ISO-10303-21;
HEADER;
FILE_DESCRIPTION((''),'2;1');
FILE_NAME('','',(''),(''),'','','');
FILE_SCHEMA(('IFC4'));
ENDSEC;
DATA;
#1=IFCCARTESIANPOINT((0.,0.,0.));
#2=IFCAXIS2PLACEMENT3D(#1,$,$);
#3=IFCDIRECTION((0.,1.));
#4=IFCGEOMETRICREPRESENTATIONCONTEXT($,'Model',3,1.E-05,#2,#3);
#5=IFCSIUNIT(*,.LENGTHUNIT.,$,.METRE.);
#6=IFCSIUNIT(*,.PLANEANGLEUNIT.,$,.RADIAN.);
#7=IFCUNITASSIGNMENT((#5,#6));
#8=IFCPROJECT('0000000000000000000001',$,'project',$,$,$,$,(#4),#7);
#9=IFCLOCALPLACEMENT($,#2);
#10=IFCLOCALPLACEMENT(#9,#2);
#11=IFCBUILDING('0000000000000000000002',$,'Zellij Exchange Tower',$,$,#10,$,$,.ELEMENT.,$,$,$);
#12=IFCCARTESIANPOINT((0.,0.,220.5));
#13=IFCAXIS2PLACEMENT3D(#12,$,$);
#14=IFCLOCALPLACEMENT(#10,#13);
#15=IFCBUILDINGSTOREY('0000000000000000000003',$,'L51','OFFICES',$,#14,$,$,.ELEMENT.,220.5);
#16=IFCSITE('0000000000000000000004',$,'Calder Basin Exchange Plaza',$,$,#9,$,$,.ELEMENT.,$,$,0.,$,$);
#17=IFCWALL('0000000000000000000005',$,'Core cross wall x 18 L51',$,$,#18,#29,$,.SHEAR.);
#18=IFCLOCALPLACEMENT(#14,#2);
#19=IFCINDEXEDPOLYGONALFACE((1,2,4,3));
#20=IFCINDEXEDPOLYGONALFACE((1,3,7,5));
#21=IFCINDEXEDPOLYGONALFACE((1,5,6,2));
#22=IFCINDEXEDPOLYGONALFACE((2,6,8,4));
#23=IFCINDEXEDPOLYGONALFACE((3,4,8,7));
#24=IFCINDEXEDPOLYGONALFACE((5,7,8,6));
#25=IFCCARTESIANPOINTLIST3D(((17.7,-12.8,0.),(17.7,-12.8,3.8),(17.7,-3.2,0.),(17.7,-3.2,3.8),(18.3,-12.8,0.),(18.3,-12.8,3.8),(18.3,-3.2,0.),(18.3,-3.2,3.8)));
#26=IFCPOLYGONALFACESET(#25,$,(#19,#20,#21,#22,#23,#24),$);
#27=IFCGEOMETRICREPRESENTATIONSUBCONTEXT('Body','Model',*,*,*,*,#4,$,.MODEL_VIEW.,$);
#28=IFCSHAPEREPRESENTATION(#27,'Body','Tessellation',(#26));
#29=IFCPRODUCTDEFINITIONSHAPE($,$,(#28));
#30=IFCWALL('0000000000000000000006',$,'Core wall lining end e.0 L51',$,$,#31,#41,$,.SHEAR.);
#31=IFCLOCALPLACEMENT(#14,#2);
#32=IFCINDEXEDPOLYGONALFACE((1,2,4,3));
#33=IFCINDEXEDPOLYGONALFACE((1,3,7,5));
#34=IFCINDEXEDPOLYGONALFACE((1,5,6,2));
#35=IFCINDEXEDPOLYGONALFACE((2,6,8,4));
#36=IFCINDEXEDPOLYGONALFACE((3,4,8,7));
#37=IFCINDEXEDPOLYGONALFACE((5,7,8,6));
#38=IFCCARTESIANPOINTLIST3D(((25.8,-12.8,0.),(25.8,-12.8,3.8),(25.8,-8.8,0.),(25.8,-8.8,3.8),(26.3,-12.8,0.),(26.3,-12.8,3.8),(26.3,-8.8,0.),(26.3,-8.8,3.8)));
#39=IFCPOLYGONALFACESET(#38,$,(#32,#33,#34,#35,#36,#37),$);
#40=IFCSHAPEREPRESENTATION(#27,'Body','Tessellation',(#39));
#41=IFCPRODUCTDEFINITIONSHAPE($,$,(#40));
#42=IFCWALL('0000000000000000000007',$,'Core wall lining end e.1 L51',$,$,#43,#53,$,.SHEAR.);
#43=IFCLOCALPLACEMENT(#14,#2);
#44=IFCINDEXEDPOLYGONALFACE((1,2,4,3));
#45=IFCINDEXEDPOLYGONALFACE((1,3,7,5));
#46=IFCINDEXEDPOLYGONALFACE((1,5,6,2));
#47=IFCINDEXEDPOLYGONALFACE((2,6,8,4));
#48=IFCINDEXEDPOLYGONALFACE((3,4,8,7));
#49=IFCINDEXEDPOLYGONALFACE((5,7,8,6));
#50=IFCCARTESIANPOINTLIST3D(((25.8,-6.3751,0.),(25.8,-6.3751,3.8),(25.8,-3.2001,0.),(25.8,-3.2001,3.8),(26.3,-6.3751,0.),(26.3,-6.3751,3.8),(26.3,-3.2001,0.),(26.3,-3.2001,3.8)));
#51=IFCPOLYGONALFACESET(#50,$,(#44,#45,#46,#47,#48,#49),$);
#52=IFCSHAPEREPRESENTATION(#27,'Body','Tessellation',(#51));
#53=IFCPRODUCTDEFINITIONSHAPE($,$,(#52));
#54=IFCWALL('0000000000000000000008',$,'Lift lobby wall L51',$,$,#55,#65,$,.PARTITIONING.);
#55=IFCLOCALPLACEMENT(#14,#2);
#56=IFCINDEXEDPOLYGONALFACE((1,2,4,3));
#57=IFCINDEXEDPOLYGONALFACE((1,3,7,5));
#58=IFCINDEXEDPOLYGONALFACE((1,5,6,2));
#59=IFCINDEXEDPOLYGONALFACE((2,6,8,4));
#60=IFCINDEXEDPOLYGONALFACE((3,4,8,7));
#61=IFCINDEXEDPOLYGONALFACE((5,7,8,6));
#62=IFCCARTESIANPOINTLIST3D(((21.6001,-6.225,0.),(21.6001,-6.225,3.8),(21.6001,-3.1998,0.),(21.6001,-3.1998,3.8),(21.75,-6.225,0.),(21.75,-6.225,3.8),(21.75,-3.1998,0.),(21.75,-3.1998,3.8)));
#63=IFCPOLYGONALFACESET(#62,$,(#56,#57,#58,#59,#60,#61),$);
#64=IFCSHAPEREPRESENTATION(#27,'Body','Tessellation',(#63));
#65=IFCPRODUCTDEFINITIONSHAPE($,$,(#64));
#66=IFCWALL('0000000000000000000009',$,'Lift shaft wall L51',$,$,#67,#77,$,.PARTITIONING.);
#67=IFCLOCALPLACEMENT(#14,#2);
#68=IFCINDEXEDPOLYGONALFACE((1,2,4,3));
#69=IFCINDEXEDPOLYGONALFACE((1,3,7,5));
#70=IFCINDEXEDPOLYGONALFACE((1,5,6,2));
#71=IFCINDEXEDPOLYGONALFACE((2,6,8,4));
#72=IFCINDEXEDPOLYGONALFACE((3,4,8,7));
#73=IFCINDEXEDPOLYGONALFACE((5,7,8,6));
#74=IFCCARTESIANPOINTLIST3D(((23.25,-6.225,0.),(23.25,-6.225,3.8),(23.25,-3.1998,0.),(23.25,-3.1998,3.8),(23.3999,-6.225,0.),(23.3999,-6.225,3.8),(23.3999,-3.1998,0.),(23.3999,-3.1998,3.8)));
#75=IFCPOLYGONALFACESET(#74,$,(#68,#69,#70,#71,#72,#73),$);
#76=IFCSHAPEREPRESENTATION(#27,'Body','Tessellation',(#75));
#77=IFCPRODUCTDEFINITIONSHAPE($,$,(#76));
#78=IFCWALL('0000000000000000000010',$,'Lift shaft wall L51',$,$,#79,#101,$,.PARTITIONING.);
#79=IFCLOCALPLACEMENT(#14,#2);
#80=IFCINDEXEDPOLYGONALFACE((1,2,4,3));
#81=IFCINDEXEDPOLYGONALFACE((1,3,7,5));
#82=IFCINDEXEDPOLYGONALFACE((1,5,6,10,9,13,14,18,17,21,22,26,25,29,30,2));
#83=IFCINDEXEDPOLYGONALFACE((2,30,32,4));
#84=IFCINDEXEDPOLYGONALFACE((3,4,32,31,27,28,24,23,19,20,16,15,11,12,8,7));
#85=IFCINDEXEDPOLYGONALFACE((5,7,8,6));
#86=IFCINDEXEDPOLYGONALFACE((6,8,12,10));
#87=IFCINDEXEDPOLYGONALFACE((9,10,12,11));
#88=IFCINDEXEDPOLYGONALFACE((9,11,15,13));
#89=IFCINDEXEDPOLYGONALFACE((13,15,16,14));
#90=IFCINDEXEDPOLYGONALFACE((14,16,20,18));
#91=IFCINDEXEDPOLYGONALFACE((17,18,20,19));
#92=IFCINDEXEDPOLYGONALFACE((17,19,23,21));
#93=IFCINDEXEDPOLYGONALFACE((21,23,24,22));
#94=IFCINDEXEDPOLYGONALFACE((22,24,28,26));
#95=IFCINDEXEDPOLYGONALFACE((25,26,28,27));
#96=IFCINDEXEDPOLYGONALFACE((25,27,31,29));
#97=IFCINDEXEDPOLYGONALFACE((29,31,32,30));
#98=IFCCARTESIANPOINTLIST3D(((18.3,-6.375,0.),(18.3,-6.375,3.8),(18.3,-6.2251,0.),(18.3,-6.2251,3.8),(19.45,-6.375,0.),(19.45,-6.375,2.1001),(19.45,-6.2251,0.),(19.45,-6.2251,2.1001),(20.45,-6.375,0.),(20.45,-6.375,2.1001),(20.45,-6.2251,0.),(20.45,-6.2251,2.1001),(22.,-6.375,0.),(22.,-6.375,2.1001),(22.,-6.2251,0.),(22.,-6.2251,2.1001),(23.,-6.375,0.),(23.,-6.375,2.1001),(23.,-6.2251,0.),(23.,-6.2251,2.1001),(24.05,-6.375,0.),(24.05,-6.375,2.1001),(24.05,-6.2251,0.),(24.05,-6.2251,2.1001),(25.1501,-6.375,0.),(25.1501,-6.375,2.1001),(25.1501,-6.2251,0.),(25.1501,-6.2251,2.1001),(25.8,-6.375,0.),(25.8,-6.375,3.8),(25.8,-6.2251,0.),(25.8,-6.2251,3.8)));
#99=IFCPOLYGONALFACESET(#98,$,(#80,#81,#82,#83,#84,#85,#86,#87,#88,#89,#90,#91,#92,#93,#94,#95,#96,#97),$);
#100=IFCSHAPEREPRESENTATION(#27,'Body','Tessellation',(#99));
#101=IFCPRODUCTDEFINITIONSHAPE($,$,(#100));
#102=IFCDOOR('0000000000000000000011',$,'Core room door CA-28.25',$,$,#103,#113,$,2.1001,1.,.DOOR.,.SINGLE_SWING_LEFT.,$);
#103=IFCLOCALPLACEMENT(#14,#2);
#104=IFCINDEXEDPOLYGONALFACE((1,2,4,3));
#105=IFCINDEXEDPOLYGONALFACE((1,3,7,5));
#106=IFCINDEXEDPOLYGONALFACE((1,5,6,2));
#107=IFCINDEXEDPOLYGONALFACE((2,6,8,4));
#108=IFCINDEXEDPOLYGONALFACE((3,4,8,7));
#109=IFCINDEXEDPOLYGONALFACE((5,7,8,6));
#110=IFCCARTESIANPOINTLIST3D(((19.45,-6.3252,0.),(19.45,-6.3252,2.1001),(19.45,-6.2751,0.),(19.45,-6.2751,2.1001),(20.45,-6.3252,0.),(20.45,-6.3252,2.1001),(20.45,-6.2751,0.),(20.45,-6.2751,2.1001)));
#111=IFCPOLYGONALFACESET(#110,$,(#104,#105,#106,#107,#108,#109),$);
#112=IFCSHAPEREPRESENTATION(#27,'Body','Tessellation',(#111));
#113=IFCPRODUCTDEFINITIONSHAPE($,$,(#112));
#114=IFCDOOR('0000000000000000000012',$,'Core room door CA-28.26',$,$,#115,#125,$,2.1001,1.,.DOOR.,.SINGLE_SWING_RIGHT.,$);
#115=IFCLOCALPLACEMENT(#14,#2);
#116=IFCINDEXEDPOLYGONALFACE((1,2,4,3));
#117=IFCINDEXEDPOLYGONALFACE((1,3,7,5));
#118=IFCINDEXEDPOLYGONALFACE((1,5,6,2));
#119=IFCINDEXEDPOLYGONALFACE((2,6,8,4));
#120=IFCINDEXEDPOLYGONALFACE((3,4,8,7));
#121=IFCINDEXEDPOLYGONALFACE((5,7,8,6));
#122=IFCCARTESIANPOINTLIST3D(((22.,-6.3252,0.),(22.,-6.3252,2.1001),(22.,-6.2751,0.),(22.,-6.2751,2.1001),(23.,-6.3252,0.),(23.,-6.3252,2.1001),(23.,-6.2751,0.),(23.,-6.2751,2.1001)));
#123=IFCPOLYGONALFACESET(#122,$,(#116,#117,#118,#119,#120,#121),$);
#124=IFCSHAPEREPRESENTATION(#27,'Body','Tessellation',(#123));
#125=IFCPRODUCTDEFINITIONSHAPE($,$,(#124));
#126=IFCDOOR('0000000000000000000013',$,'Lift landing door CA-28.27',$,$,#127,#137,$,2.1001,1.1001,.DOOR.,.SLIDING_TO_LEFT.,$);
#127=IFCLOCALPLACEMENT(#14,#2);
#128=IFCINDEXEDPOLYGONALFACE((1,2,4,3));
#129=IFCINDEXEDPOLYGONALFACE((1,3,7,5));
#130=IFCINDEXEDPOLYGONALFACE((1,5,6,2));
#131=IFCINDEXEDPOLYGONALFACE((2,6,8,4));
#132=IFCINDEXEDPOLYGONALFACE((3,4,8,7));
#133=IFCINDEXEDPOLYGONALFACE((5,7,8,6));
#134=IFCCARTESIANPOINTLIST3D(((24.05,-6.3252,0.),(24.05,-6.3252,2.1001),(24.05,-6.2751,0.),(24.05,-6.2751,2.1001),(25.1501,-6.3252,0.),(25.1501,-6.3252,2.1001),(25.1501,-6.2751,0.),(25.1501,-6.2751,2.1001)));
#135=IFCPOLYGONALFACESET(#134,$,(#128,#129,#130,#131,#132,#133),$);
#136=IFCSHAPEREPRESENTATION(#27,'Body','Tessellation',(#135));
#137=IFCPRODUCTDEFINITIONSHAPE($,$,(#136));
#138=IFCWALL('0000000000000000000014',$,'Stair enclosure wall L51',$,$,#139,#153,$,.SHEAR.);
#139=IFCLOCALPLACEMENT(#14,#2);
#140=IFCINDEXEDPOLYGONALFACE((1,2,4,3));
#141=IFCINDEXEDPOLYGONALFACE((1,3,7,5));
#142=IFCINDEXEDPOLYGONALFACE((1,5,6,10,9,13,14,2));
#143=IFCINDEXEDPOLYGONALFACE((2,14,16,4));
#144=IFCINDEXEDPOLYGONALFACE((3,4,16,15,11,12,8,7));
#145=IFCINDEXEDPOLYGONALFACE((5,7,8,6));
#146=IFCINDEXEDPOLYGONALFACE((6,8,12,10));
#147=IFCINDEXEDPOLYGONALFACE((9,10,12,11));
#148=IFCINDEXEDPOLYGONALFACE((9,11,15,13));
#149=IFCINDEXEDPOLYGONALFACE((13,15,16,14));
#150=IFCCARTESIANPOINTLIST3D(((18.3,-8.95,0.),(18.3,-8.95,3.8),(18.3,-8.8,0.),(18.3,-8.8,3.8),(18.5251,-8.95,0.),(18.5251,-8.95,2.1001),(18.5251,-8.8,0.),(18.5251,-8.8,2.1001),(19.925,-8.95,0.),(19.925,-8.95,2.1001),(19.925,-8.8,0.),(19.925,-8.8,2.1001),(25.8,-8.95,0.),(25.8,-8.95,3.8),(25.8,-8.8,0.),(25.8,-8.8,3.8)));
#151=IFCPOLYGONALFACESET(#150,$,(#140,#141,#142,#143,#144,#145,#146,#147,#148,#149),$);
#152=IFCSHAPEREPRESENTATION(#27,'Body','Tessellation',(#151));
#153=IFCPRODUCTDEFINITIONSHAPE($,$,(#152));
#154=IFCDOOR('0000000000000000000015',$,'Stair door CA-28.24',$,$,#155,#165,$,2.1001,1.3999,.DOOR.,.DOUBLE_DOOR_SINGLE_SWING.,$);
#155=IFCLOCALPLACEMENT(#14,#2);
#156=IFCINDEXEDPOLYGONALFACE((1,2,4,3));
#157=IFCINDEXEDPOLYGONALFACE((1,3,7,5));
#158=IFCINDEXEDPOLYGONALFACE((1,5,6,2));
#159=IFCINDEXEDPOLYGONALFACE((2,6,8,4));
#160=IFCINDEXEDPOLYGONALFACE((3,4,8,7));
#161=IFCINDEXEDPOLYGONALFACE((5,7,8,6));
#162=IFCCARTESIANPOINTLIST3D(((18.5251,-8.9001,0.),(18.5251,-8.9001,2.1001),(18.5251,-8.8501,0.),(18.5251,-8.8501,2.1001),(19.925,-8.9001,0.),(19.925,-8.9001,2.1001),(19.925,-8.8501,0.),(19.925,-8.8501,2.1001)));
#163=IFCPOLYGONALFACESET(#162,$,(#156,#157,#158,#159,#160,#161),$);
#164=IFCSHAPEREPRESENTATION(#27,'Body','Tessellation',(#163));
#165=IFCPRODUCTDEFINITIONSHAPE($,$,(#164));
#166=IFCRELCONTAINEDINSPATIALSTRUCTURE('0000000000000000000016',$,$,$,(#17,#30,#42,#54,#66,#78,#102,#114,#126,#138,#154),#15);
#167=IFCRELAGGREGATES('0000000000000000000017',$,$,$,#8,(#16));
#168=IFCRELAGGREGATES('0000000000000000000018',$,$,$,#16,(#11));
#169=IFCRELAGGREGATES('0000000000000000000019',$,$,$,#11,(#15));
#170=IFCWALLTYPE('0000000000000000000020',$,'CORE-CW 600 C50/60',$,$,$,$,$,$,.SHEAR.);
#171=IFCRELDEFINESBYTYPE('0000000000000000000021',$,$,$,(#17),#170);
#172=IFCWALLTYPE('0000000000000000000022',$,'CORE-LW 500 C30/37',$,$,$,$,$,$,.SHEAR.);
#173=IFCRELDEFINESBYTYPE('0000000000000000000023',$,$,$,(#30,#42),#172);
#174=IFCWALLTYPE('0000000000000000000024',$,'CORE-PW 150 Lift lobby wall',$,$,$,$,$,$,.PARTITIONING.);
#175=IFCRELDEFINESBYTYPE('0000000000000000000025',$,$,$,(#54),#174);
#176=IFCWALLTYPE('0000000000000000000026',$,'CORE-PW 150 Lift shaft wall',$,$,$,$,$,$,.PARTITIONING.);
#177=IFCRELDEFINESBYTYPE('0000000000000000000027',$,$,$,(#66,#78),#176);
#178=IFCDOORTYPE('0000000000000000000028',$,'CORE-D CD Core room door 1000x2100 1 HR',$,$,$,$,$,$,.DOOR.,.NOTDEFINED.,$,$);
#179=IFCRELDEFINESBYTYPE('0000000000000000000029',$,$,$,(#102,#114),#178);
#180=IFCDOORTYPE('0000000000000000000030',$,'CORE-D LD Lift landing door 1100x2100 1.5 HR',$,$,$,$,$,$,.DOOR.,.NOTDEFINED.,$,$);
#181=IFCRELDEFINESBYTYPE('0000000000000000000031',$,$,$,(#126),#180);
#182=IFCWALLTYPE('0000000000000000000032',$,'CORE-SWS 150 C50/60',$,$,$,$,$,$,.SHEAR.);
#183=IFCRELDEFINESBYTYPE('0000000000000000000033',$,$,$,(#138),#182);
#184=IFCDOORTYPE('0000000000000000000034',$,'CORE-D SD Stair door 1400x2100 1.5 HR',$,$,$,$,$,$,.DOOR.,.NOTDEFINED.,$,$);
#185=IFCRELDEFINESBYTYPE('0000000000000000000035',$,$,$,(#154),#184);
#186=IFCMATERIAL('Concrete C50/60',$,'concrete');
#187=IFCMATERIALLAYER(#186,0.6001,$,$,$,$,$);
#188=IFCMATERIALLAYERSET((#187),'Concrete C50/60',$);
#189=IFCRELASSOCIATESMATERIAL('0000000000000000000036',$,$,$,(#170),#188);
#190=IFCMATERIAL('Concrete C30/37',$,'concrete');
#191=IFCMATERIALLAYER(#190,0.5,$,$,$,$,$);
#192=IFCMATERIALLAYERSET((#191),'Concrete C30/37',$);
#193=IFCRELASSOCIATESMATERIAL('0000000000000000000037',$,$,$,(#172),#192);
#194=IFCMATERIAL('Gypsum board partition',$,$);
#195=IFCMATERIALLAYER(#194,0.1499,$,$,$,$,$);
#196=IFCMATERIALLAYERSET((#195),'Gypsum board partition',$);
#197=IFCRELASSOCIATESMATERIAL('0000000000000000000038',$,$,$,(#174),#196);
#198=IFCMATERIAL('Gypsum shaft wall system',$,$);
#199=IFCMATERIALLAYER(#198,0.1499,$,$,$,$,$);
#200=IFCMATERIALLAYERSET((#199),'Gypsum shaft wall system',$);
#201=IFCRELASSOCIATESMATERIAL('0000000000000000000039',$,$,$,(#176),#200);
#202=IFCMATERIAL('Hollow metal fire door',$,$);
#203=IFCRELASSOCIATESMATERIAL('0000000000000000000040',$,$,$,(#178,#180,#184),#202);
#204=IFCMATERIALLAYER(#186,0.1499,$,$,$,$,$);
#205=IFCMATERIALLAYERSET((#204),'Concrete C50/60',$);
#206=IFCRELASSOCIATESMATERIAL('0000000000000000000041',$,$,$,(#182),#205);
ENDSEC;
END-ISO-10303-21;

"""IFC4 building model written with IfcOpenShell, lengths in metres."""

from ifc_helpers import new_model, si_unit, direction, frame, frame_2d, origin, place, context, subcontext, project, spatial, rectangle, extrude, material, layer, layer_set, type_object, element, fill, save


model = new_model("IFC4")

# Units and contexts
model_context = context("Model", 3, precision=1e-05, world=origin(), true_north=direction((0.0, 1.0)))
body_context = subcontext(model_context, "Body", "Model", "MODEL_VIEW")
ifc_project = project(units=[si_unit("LENGTHUNIT", "METRE"), si_unit("PLANEANGLEUNIT", "RADIAN")], contexts=[model_context])

# Site, building, storey
site_placement = place(None, origin())
site = spatial("IfcSite", under=ifc_project, at=site_placement, Name="Calder Basin Exchange Plaza", CompositionType="ELEMENT", RefElevation=0.0)
building_placement = place(site_placement, origin())
building = spatial("IfcBuilding", under=site, at=building_placement, Name="Zellij Exchange Tower", CompositionType="ELEMENT")
storey_placement = place(building_placement, frame((0.0, 0.0, 220.5)))
storey = spatial("IfcBuildingStorey", under=building, at=storey_placement, Name="L51", Description="OFFICES", CompositionType="ELEMENT", Elevation=220.5)

# Walls
ifc_material_1 = material(Name="Concrete C50/60", Category="concrete")
ifc_layer_1 = layer(ifc_material_1, 0.6001)
ifc_layer_set_1 = layer_set([ifc_layer_1], Name="Concrete C50/60")
wall_type_1 = type_object("IfcWallType", Name="CORE-CW 600 C50/60", PredefinedType="SHEAR", material=ifc_layer_set_1)
wall_1_placement = place(storey_placement, frame((18.0, -12.8, 0.0), z_axis=(0.0, 0.0, 1.0), x_axis=(0.0, 1.0, 0.0)))
element("IfcWall", 1, at=wall_1_placement, inside=storey, type_object=wall_type_1, Name="Core cross wall x 18 L51", PredefinedType="SHEAR", context=body_context, shape_type="SweptSolid", body=[
    extrude(rectangle(XDim=9.6001, YDim=0.6001, at=frame_2d((4.8, 0.0))), origin(), (0.0, 0.0, 1.0), 3.8),
])
ifc_material_2 = material(Name="Concrete C30/37", Category="concrete")
ifc_layer_2 = layer(ifc_material_2, 0.5)
ifc_layer_set_2 = layer_set([ifc_layer_2], Name="Concrete C30/37")
wall_type_2 = type_object("IfcWallType", Name="CORE-LW 500 C30/37", PredefinedType="SHEAR", material=ifc_layer_set_2)
wall_2_placement = place(storey_placement, frame((26.05, -12.8, 0.0), z_axis=(0.0, 0.0, 1.0), x_axis=(0.0, 1.0, 0.0)))
element("IfcWall", 2, at=wall_2_placement, inside=storey, type_object=wall_type_2, Name="Core wall lining end e.0 L51", PredefinedType="SHEAR", context=body_context, shape_type="SweptSolid", body=[
    extrude(rectangle(XDim=4.0, YDim=0.5, at=frame_2d((2.0, 0.0))), origin(), (0.0, 0.0, 1.0), 3.8),
])
wall_3_placement = place(storey_placement, frame((26.05, -6.375, 0.0), z_axis=(0.0, 0.0, 1.0), x_axis=(0.0, 1.0, 0.0)))
element("IfcWall", 3, at=wall_3_placement, inside=storey, type_object=wall_type_2, Name="Core wall lining end e.1 L51", PredefinedType="SHEAR", context=body_context, shape_type="SweptSolid", body=[
    extrude(rectangle(XDim=3.175, YDim=0.5, at=frame_2d((1.5874, 0.0))), origin(), (0.0, 0.0, 1.0), 3.8),
])
ifc_material_3 = material(Name="Gypsum board partition")
ifc_layer_3 = layer(ifc_material_3, 0.1499)
ifc_layer_set_3 = layer_set([ifc_layer_3], Name="Gypsum board partition")
wall_type_3 = type_object("IfcWallType", Name="CORE-PW 150 Lift lobby wall", PredefinedType="PARTITIONING", material=ifc_layer_set_3)
wall_4_placement = place(storey_placement, frame((21.675, -6.2251, 0.0), z_axis=(0.0, 0.0, 1.0), x_axis=(0.0, 1.0, 0.0)))
element("IfcWall", 4, at=wall_4_placement, inside=storey, type_object=wall_type_3, Name="Lift lobby wall L51", PredefinedType="PARTITIONING", context=body_context, shape_type="SweptSolid", body=[
    extrude(rectangle(XDim=3.0251, YDim=0.1499, at=frame_2d((1.5127, 0.0))), origin(), (0.0, 0.0, 1.0), 3.8),
])
ifc_material_4 = material(Name="Gypsum shaft wall system")
ifc_layer_4 = layer(ifc_material_4, 0.1499)
ifc_layer_set_4 = layer_set([ifc_layer_4], Name="Gypsum shaft wall system")
wall_type_4 = type_object("IfcWallType", Name="CORE-PW 150 Lift shaft wall", PredefinedType="PARTITIONING", material=ifc_layer_set_4)
wall_5_placement = place(storey_placement, frame((23.325, -6.2251, 0.0), z_axis=(0.0, 0.0, 1.0), x_axis=(0.0, 1.0, 0.0)))
element("IfcWall", 5, at=wall_5_placement, inside=storey, type_object=wall_type_4, Name="Lift shaft wall L51", PredefinedType="PARTITIONING", context=body_context, shape_type="SweptSolid", body=[
    extrude(rectangle(XDim=3.0251, YDim=0.1499, at=frame_2d((1.5127, 0.0))), origin(), (0.0, 0.0, 1.0), 3.8),
])

# Wall, openings, doors
wall_6_placement = place(storey_placement, frame((18.3, -6.3, 0.0), z_axis=(0.0, 0.0, 1.0), x_axis=(1.0, 0.0, 0.0)))
wall_6 = element("IfcWall", 6, at=wall_6_placement, inside=storey, type_object=wall_type_4, Name="Lift shaft wall L51", PredefinedType="PARTITIONING", context=body_context, shape_type="SweptSolid", body=[
    extrude(rectangle(XDim=7.5, YDim=0.1499, at=frame_2d((3.75, 0.0))), origin(), (0.0, 0.0, 1.0), 3.8),
])
opening_1_placement = place(wall_6_placement, frame((1.1499, 0.0, 0.0)))
opening_1 = element("IfcOpeningElement", 7, at=opening_1_placement, cuts=wall_6, PredefinedType="OPENING", context=body_context, shape_type="SweptSolid", body=[
    extrude(rectangle(XDim=1.0, YDim=2.1001, at=frame_2d((0.5, 1.05))), frame((0.0, 0.0869, 0.0), z_axis=(0.0, -1.0, 0.0), x_axis=(1.0, 0.0, 0.0)), (0.0, 0.0, 1.0), 0.1738),
])
opening_2_placement = place(wall_6_placement, frame((3.7, 0.0, 0.0)))
opening_2 = element("IfcOpeningElement", 8, at=opening_2_placement, cuts=wall_6, PredefinedType="OPENING", context=body_context, shape_type="SweptSolid", body=[
    extrude(rectangle(XDim=1.0, YDim=2.1001, at=frame_2d((0.5, 1.05))), frame((0.0, 0.0869, 0.0), z_axis=(0.0, -1.0, 0.0), x_axis=(1.0, 0.0, 0.0)), (0.0, 0.0, 1.0), 0.1738),
])
opening_3_placement = place(wall_6_placement, frame((5.75, 0.0, 0.0)))
opening_3 = element("IfcOpeningElement", 9, at=opening_3_placement, cuts=wall_6, PredefinedType="OPENING", context=body_context, shape_type="SweptSolid", body=[
    extrude(rectangle(XDim=1.1001, YDim=2.1001, at=frame_2d((0.55, 1.05))), frame((0.0, 0.0869, 0.0), z_axis=(0.0, -1.0, 0.0), x_axis=(1.0, 0.0, 0.0)), (0.0, 0.0, 1.0), 0.1738),
])
ifc_material_5 = material(Name="Hollow metal fire door")
door_type_1 = type_object("IfcDoorType", Name="CORE-D CD Core room door 1000x2100 1 HR", OperationType="NOTDEFINED", PredefinedType="DOOR", material=ifc_material_5)
door_1_placement = place(opening_1_placement, origin())
door_1 = element("IfcDoor", 10, at=door_1_placement, inside=storey, type_object=door_type_1, Name="Core room door CA-28.25", OperationType="SINGLE_SWING_LEFT", OverallHeight=2.1001, OverallWidth=1.0, PredefinedType="DOOR", context=body_context, shape_type="SweptSolid", body=[
    extrude(rectangle(XDim=1.0, YDim=2.1001, at=frame_2d((0.5, 1.05))), frame((0.0, 0.0249, 0.0), z_axis=(0.0, -1.0, 0.0), x_axis=(1.0, 0.0, 0.0)), (0.0, 0.0, 1.0), 0.05),
])
fill(opening_1, door_1)
door_2_placement = place(opening_2_placement, origin())
door_2 = element("IfcDoor", 11, at=door_2_placement, inside=storey, type_object=door_type_1, Name="Core room door CA-28.26", OperationType="SINGLE_SWING_RIGHT", OverallHeight=2.1001, OverallWidth=1.0, PredefinedType="DOOR", context=body_context, shape_type="SweptSolid", body=[
    extrude(rectangle(XDim=1.0, YDim=2.1001, at=frame_2d((0.5, 1.05))), frame((0.0, 0.0249, 0.0), z_axis=(0.0, -1.0, 0.0), x_axis=(1.0, 0.0, 0.0)), (0.0, 0.0, 1.0), 0.05),
])
fill(opening_2, door_2)
door_type_2 = type_object("IfcDoorType", Name="CORE-D LD Lift landing door 1100x2100 1.5 HR", OperationType="NOTDEFINED", PredefinedType="DOOR", material=ifc_material_5)
door_3_placement = place(opening_3_placement, origin())
door_3 = element("IfcDoor", 12, at=door_3_placement, inside=storey, type_object=door_type_2, Name="Lift landing door CA-28.27", OperationType="SLIDING_TO_LEFT", OverallHeight=2.1001, OverallWidth=1.1001, PredefinedType="DOOR", context=body_context, shape_type="SweptSolid", body=[
    extrude(rectangle(XDim=1.1001, YDim=2.1001, at=frame_2d((0.55, 1.05))), frame((0.0, 0.0249, 0.0), z_axis=(0.0, -1.0, 0.0), x_axis=(1.0, 0.0, 0.0)), (0.0, 0.0, 1.0), 0.05),
])
fill(opening_3, door_3)

# Wall, opening, door
ifc_layer_5 = layer(ifc_material_1, 0.1499)
ifc_layer_set_5 = layer_set([ifc_layer_5], Name="Concrete C50/60")
wall_type_5 = type_object("IfcWallType", Name="CORE-SWS 150 C50/60", PredefinedType="SHEAR", material=ifc_layer_set_5)
wall_7_placement = place(storey_placement, frame((18.3, -8.875, 0.0), z_axis=(0.0, 0.0, 1.0), x_axis=(1.0, 0.0, 0.0)))
wall_7 = element("IfcWall", 13, at=wall_7_placement, inside=storey, type_object=wall_type_5, Name="Stair enclosure wall L51", PredefinedType="SHEAR", context=body_context, shape_type="SweptSolid", body=[
    extrude(rectangle(XDim=7.5, YDim=0.1499, at=frame_2d((3.75, 0.0))), origin(), (0.0, 0.0, 1.0), 3.8),
])
opening_4_placement = place(wall_7_placement, frame((0.2251, 0.0, 0.0)))
opening_4 = element("IfcOpeningElement", 14, at=opening_4_placement, cuts=wall_7, PredefinedType="OPENING", context=body_context, shape_type="SweptSolid", body=[
    extrude(rectangle(XDim=1.3999, YDim=2.1001, at=frame_2d((0.7, 1.05))), frame((0.0, 0.0869, 0.0), z_axis=(0.0, -1.0, 0.0), x_axis=(1.0, 0.0, 0.0)), (0.0, 0.0, 1.0), 0.1738),
])
door_type_3 = type_object("IfcDoorType", Name="CORE-D SD Stair door 1400x2100 1.5 HR", OperationType="NOTDEFINED", PredefinedType="DOOR", material=ifc_material_5)
door_4_placement = place(opening_4_placement, origin())
door_4 = element("IfcDoor", 15, at=door_4_placement, inside=storey, type_object=door_type_3, Name="Stair door CA-28.24", OperationType="DOUBLE_DOOR_SINGLE_SWING", OverallHeight=2.1001, OverallWidth=1.3999, PredefinedType="DOOR", context=body_context, shape_type="SweptSolid", body=[
    extrude(rectangle(XDim=1.3999, YDim=2.1001, at=frame_2d((0.7, 1.05))), frame((0.0, 0.0249, 0.0), z_axis=(0.0, -1.0, 0.0), x_axis=(1.0, 0.0, 0.0)), (0.0, 0.0, 1.0), 0.05),
])
fill(opening_4, door_4)

save(model, "model.ifc")
